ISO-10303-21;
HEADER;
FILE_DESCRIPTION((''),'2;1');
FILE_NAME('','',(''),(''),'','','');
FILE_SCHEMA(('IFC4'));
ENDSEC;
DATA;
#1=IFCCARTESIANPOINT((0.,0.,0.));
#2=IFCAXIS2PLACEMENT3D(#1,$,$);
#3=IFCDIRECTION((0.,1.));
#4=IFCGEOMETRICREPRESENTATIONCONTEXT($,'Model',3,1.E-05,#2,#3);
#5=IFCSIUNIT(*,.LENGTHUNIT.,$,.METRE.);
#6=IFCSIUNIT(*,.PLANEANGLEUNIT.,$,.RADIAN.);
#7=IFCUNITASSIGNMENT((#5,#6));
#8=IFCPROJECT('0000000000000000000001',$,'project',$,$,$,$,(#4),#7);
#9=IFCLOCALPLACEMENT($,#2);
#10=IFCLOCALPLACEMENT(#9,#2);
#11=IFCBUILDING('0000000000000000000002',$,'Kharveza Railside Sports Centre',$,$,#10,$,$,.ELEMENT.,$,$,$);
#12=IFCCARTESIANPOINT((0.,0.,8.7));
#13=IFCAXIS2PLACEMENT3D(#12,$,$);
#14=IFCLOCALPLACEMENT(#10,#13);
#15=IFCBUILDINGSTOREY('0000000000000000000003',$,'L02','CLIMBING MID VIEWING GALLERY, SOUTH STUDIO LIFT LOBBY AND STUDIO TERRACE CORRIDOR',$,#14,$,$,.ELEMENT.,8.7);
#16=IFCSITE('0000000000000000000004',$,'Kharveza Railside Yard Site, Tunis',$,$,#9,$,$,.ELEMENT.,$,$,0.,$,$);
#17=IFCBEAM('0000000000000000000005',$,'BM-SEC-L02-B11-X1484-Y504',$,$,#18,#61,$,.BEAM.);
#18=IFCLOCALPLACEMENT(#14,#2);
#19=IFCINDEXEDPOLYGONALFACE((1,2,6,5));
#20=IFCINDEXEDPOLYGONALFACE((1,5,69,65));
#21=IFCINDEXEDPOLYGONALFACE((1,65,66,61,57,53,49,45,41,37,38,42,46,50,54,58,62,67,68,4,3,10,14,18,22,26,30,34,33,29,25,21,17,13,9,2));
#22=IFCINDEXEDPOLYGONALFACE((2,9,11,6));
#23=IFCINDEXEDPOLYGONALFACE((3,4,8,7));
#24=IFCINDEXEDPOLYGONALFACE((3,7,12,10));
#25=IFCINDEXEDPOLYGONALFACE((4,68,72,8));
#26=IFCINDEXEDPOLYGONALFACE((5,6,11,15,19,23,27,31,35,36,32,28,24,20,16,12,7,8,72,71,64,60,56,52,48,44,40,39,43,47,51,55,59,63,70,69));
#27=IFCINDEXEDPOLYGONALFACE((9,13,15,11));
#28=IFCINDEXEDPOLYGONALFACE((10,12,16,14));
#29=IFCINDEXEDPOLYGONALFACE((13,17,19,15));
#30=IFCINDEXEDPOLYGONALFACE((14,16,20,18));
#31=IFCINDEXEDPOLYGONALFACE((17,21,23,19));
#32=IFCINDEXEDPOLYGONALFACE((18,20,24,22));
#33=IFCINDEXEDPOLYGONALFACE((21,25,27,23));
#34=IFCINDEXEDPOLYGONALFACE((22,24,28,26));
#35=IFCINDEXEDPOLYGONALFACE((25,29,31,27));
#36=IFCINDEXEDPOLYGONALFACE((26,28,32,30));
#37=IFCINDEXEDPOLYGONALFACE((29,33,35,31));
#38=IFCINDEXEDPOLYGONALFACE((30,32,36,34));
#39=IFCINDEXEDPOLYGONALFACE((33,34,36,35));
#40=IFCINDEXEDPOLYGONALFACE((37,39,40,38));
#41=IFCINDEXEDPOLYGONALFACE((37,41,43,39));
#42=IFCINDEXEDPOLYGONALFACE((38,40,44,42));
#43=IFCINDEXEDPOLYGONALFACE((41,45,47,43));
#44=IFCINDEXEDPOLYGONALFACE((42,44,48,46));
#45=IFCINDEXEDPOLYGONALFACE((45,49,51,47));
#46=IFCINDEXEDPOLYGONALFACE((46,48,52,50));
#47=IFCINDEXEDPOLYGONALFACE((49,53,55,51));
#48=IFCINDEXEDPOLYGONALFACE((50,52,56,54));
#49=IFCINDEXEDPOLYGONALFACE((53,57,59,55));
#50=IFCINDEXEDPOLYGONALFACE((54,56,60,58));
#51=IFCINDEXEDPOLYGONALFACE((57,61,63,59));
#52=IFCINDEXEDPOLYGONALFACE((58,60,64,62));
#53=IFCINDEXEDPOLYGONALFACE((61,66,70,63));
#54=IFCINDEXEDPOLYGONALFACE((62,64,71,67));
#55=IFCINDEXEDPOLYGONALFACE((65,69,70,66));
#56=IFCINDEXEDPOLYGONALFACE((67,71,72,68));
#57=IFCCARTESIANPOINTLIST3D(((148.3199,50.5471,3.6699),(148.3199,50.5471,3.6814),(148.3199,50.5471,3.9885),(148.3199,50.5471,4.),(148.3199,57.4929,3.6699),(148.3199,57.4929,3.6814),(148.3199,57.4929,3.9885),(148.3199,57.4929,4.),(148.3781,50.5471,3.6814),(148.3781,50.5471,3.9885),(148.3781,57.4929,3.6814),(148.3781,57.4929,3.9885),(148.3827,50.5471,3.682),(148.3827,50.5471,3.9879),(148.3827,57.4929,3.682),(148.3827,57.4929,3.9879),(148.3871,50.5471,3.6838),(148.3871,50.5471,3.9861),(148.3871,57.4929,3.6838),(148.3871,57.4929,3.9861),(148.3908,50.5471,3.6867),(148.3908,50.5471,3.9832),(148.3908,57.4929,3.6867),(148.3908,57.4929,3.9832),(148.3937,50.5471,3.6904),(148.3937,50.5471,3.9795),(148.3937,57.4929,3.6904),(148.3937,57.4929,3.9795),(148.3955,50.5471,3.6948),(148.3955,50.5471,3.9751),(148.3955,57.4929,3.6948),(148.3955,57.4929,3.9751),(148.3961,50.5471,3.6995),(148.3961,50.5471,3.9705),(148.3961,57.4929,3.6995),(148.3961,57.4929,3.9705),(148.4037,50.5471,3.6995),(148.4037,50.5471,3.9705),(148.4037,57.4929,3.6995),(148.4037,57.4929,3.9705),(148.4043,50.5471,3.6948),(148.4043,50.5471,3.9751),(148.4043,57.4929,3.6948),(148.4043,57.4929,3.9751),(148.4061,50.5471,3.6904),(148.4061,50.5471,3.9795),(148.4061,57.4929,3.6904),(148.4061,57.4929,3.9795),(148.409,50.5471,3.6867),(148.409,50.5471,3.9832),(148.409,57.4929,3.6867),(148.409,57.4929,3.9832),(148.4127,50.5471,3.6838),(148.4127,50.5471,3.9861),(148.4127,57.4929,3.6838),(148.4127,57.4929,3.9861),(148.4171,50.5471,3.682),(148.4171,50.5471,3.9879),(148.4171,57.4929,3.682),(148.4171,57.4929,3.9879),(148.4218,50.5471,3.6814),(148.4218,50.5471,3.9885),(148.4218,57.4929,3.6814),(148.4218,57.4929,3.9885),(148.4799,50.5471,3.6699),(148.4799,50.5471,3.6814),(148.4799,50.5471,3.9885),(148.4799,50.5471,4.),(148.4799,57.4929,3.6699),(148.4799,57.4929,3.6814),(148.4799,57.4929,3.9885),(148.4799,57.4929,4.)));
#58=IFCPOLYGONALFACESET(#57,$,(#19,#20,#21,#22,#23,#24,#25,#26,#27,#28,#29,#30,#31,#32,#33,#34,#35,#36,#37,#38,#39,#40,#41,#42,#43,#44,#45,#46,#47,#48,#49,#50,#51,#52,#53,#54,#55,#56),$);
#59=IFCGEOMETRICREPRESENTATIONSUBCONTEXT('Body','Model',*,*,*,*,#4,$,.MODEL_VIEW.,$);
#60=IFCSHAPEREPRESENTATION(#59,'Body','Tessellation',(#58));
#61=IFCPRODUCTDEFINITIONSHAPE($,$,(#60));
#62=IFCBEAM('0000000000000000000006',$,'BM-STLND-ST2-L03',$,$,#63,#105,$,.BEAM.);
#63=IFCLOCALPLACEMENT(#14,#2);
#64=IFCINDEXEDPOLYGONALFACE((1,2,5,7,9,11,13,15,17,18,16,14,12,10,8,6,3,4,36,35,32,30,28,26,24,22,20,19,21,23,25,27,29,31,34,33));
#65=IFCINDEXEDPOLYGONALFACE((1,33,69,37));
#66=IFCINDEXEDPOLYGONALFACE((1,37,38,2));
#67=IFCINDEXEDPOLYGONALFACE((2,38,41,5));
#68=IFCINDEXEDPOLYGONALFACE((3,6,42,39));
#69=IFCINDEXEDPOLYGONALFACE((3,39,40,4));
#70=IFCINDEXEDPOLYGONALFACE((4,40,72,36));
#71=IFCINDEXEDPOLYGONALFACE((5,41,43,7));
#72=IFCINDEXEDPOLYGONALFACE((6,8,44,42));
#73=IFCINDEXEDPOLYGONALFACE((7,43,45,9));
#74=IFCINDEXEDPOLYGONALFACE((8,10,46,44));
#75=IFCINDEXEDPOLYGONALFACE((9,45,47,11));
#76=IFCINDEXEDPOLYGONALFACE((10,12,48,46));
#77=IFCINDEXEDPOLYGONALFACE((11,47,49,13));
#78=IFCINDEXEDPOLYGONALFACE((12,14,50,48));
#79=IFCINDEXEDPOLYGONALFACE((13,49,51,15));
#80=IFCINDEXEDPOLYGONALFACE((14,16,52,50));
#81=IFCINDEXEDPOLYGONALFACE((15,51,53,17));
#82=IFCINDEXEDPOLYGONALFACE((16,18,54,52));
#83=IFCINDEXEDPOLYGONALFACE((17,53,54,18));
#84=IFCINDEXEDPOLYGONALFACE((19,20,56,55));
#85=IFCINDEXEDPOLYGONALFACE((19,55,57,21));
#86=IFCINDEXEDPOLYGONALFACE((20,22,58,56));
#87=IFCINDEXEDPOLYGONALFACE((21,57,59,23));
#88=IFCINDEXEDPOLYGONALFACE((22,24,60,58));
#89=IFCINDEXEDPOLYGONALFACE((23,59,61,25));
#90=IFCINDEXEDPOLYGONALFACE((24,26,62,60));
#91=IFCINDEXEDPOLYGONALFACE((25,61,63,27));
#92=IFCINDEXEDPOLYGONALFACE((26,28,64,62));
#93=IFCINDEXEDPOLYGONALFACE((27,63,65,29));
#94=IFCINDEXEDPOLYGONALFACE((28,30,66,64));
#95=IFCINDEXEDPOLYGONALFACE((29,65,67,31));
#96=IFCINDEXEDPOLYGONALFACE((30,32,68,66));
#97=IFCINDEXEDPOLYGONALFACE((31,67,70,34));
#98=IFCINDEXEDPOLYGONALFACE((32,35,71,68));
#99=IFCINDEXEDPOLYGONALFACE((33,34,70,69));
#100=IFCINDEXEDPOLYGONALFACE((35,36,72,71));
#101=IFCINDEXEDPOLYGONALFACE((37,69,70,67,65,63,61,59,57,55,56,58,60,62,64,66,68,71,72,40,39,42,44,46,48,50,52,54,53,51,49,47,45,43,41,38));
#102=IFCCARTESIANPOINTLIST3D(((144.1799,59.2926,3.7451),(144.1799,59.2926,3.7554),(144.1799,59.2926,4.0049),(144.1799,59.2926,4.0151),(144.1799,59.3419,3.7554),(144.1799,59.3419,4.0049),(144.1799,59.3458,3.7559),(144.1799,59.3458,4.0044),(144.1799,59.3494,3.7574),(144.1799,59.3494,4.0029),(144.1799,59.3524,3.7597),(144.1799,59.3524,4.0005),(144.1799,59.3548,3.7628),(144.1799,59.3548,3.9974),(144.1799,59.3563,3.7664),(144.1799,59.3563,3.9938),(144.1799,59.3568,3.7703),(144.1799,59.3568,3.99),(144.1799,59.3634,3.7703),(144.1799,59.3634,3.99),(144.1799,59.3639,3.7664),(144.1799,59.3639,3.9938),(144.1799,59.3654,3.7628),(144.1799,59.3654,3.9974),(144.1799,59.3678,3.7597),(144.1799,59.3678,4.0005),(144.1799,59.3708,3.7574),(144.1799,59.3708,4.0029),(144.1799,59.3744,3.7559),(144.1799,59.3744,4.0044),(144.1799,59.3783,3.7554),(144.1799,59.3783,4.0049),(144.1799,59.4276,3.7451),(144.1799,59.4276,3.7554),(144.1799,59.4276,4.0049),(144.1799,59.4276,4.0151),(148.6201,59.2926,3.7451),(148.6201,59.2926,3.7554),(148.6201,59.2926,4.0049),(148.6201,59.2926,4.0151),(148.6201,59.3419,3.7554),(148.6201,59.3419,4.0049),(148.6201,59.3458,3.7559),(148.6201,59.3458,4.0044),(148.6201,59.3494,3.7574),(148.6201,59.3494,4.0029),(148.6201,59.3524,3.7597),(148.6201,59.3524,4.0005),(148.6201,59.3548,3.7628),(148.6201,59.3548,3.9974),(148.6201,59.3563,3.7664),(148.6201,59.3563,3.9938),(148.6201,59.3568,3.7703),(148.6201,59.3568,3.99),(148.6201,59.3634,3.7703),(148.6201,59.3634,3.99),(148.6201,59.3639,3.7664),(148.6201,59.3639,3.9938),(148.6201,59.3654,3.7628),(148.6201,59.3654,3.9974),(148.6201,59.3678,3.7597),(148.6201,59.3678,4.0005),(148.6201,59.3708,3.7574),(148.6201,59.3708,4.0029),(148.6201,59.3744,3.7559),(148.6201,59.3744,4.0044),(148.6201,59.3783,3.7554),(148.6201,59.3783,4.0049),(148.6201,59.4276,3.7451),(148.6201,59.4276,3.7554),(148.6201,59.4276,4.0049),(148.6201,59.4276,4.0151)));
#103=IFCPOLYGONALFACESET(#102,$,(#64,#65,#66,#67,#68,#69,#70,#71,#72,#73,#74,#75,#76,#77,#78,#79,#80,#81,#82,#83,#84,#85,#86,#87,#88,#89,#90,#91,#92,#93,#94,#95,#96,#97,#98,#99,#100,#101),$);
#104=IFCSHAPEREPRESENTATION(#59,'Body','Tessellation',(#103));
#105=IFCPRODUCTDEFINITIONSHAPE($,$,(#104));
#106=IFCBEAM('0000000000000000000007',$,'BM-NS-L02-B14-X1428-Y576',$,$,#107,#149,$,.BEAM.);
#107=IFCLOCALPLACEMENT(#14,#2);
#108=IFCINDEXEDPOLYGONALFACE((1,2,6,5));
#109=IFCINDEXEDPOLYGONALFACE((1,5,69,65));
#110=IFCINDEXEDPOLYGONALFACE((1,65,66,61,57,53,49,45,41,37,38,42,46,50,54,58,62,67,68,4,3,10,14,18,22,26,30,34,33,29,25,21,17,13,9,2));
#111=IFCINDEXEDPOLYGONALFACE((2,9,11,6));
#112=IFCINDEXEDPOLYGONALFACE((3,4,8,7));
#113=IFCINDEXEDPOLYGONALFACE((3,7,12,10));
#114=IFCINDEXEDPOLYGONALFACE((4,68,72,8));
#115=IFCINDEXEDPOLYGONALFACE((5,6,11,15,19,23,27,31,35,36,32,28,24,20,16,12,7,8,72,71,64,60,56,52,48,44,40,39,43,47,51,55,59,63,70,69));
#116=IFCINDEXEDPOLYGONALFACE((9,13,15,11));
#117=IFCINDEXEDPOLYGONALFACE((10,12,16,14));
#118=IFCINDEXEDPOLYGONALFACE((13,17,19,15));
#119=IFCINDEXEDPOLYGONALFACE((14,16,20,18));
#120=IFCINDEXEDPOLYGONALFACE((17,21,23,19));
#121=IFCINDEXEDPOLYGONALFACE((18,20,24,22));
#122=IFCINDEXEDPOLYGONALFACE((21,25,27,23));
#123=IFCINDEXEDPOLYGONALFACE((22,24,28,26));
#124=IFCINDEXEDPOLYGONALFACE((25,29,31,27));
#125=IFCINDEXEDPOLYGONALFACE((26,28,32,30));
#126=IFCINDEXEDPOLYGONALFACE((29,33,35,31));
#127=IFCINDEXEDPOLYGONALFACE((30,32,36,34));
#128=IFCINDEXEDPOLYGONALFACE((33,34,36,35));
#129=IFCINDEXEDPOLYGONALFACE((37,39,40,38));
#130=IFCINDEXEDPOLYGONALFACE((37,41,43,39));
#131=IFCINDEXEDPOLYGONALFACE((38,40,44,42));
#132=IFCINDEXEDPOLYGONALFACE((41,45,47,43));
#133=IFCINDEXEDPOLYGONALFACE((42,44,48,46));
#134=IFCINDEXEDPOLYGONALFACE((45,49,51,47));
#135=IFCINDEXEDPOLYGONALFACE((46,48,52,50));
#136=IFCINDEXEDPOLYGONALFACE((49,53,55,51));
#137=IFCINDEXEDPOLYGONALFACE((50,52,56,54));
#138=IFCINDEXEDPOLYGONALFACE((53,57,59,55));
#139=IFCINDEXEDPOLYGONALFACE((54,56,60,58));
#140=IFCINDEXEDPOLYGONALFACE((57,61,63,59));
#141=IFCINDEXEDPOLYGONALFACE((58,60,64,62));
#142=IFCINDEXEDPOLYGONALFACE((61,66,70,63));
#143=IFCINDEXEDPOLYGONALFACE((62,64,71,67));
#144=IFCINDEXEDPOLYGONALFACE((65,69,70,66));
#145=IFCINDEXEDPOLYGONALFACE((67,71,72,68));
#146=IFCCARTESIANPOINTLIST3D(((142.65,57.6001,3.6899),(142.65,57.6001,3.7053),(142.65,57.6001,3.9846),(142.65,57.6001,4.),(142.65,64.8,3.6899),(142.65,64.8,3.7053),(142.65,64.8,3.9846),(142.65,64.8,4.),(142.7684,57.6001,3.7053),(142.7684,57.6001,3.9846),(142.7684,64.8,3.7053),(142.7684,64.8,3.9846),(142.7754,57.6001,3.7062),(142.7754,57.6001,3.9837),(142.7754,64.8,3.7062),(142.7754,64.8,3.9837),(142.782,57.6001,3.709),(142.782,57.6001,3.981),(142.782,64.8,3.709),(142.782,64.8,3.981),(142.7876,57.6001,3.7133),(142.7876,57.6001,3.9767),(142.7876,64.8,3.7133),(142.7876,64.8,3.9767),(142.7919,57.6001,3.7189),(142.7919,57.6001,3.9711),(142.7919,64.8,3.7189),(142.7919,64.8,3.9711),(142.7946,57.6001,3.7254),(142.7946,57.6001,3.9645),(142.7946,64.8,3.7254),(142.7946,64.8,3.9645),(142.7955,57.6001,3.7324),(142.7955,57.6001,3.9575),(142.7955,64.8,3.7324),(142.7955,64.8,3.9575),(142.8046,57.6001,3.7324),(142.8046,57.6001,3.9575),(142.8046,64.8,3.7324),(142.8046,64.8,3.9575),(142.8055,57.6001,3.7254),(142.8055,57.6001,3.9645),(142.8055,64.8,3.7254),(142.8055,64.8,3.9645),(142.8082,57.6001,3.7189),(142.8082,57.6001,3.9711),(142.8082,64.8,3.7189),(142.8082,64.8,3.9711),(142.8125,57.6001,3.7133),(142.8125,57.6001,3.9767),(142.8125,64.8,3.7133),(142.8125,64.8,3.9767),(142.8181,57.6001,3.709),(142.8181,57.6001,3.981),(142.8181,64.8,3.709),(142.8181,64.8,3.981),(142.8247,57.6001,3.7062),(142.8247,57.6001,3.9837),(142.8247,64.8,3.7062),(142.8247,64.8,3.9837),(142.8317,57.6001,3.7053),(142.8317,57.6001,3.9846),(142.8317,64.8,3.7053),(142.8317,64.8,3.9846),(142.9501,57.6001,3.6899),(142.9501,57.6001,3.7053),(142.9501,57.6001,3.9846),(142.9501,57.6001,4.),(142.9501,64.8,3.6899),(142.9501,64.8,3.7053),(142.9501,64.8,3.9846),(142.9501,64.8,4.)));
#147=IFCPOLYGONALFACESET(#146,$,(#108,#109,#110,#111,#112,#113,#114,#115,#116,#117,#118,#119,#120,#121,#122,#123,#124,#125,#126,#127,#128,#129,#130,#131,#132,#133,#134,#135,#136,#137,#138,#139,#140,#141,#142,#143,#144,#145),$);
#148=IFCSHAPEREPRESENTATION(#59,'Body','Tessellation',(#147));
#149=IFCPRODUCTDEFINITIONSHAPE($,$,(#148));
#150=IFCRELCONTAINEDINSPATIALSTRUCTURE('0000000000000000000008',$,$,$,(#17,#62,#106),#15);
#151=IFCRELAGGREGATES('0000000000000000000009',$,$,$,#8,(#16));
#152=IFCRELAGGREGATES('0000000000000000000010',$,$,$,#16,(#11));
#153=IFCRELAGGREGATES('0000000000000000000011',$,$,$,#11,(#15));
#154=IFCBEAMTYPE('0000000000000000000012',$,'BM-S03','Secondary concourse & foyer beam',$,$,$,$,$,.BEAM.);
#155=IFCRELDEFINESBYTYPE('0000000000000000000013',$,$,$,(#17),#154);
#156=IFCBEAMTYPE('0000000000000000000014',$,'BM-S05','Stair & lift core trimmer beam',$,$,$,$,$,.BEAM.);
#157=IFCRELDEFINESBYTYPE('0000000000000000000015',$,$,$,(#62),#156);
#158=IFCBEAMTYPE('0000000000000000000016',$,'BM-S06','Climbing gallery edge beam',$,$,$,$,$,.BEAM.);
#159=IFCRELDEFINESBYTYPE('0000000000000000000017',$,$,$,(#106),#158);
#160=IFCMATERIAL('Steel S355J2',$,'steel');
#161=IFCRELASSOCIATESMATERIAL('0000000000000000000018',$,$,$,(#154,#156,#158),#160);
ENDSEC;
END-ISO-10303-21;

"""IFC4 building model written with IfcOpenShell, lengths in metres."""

from ifc_helpers import new_model, si_unit, direction, frame, origin, origin_2d, place, context, subcontext, project, spatial, i_section, extrude, material, material_profile, profile_set, type_object, element, save


model = new_model("IFC4")

# Units and contexts
model_context = context("Model", 3, precision=1e-05, world=origin(), true_north=direction((0.0, 1.0)))
body_context = subcontext(model_context, "Body", "Model", "MODEL_VIEW")
ifc_project = project(units=[si_unit("LENGTHUNIT", "METRE"), si_unit("PLANEANGLEUNIT", "RADIAN")], contexts=[model_context])

# Site, building, storey
site_placement = place(None, origin())
site = spatial("IfcSite", under=ifc_project, at=site_placement, Name="Kharveza Railside Yard Site, Tunis", CompositionType="ELEMENT", RefElevation=0.0)
building_placement = place(site_placement, origin())
building = spatial("IfcBuilding", under=site, at=building_placement, Name="Kharveza Railside Sports Centre", CompositionType="ELEMENT")
storey_placement = place(building_placement, frame((0.0, 0.0, 8.7)))
storey = spatial("IfcBuildingStorey", under=building, at=storey_placement, Name="L02", Description="CLIMBING MID VIEWING GALLERY, SOUTH STUDIO LIFT LOBBY AND STUDIO TERRACE CORRIDOR", CompositionType="ELEMENT", Elevation=8.7)

# Shared definitions
ifc_material_1 = material(Name="Steel S355J2", Category="steel")

# Beams
ifc_material_profile_1 = material_profile(ifc_material_1, i_section(OverallWidth=0.1599, OverallDepth=0.3301, WebThickness=0.0076, FlangeThickness=0.0115, FilletRadius=0.0181, at=origin_2d()), Name="IPE 330")
ifc_profile_set_1 = profile_set([ifc_material_profile_1], Name="Steel S355J2")
beam_type_1 = type_object("IfcBeamType", Name="BM-S03", Description="Secondary concourse & foyer beam", PredefinedType="BEAM", material=ifc_profile_set_1)
beam_1_placement = place(storey_placement, frame((148.3999, 50.5471, 3.835), z_axis=(0.0, 1.0, 0.0), x_axis=(-1.0, 0.0, 0.0)))
element("IfcBeam", 1, at=beam_1_placement, inside=storey, type_object=beam_type_1, Name="BM-SEC-L02-B11-X1484-Y504", PredefinedType="BEAM", context=body_context, shape_type="SweptSolid", body=[
    extrude(i_section(OverallWidth=0.1599, OverallDepth=0.3301, WebThickness=0.0076, FlangeThickness=0.0115, FilletRadius=0.0181, at=origin_2d()), origin(), (0.0, 0.0, 1.0), 6.9458),
])
ifc_material_profile_2 = material_profile(ifc_material_1, i_section(OverallWidth=0.135, OverallDepth=0.27, WebThickness=0.0066, FlangeThickness=0.0103, FilletRadius=0.0149, at=origin_2d()), Name="IPE 270")
ifc_profile_set_2 = profile_set([ifc_material_profile_2], Name="Steel S355J2")
beam_type_2 = type_object("IfcBeamType", Name="BM-S05", Description="Stair & lift core trimmer beam", PredefinedType="BEAM", material=ifc_profile_set_2)
beam_2_placement = place(storey_placement, frame((144.1799, 59.3601, 3.8801), z_axis=(1.0, 0.0, 0.0), x_axis=(0.0, 1.0, 0.0)))
element("IfcBeam", 2, at=beam_2_placement, inside=storey, type_object=beam_type_2, Name="BM-STLND-ST2-L03", PredefinedType="BEAM", context=body_context, shape_type="SweptSolid", body=[
    extrude(i_section(OverallWidth=0.135, OverallDepth=0.27, WebThickness=0.0066, FlangeThickness=0.0103, FilletRadius=0.0149, at=origin_2d()), origin(), (0.0, 0.0, 1.0), 4.4402),
])
ifc_material_profile_3 = material_profile(ifc_material_1, i_section(OverallWidth=0.3, OverallDepth=0.3101, WebThickness=0.009, FlangeThickness=0.0154, FilletRadius=0.0271, at=origin_2d()), Name="HEA 320")
ifc_profile_set_3 = profile_set([ifc_material_profile_3], Name="Steel S355J2")
beam_type_3 = type_object("IfcBeamType", Name="BM-S06", Description="Climbing gallery edge beam", PredefinedType="BEAM", material=ifc_profile_set_3)
beam_3_placement = place(storey_placement, frame((142.8, 57.6001, 3.845), z_axis=(0.0, 1.0, 0.0), x_axis=(-1.0, 0.0, 0.0)))
element("IfcBeam", 3, at=beam_3_placement, inside=storey, type_object=beam_type_3, Name="BM-NS-L02-B14-X1428-Y576", PredefinedType="BEAM", context=body_context, shape_type="SweptSolid", body=[
    extrude(i_section(OverallWidth=0.3, OverallDepth=0.3101, WebThickness=0.009, FlangeThickness=0.0154, FilletRadius=0.0271, at=origin_2d()), origin(), (0.0, 0.0, 1.0), 7.2),
])

save(model, "model.ifc")
